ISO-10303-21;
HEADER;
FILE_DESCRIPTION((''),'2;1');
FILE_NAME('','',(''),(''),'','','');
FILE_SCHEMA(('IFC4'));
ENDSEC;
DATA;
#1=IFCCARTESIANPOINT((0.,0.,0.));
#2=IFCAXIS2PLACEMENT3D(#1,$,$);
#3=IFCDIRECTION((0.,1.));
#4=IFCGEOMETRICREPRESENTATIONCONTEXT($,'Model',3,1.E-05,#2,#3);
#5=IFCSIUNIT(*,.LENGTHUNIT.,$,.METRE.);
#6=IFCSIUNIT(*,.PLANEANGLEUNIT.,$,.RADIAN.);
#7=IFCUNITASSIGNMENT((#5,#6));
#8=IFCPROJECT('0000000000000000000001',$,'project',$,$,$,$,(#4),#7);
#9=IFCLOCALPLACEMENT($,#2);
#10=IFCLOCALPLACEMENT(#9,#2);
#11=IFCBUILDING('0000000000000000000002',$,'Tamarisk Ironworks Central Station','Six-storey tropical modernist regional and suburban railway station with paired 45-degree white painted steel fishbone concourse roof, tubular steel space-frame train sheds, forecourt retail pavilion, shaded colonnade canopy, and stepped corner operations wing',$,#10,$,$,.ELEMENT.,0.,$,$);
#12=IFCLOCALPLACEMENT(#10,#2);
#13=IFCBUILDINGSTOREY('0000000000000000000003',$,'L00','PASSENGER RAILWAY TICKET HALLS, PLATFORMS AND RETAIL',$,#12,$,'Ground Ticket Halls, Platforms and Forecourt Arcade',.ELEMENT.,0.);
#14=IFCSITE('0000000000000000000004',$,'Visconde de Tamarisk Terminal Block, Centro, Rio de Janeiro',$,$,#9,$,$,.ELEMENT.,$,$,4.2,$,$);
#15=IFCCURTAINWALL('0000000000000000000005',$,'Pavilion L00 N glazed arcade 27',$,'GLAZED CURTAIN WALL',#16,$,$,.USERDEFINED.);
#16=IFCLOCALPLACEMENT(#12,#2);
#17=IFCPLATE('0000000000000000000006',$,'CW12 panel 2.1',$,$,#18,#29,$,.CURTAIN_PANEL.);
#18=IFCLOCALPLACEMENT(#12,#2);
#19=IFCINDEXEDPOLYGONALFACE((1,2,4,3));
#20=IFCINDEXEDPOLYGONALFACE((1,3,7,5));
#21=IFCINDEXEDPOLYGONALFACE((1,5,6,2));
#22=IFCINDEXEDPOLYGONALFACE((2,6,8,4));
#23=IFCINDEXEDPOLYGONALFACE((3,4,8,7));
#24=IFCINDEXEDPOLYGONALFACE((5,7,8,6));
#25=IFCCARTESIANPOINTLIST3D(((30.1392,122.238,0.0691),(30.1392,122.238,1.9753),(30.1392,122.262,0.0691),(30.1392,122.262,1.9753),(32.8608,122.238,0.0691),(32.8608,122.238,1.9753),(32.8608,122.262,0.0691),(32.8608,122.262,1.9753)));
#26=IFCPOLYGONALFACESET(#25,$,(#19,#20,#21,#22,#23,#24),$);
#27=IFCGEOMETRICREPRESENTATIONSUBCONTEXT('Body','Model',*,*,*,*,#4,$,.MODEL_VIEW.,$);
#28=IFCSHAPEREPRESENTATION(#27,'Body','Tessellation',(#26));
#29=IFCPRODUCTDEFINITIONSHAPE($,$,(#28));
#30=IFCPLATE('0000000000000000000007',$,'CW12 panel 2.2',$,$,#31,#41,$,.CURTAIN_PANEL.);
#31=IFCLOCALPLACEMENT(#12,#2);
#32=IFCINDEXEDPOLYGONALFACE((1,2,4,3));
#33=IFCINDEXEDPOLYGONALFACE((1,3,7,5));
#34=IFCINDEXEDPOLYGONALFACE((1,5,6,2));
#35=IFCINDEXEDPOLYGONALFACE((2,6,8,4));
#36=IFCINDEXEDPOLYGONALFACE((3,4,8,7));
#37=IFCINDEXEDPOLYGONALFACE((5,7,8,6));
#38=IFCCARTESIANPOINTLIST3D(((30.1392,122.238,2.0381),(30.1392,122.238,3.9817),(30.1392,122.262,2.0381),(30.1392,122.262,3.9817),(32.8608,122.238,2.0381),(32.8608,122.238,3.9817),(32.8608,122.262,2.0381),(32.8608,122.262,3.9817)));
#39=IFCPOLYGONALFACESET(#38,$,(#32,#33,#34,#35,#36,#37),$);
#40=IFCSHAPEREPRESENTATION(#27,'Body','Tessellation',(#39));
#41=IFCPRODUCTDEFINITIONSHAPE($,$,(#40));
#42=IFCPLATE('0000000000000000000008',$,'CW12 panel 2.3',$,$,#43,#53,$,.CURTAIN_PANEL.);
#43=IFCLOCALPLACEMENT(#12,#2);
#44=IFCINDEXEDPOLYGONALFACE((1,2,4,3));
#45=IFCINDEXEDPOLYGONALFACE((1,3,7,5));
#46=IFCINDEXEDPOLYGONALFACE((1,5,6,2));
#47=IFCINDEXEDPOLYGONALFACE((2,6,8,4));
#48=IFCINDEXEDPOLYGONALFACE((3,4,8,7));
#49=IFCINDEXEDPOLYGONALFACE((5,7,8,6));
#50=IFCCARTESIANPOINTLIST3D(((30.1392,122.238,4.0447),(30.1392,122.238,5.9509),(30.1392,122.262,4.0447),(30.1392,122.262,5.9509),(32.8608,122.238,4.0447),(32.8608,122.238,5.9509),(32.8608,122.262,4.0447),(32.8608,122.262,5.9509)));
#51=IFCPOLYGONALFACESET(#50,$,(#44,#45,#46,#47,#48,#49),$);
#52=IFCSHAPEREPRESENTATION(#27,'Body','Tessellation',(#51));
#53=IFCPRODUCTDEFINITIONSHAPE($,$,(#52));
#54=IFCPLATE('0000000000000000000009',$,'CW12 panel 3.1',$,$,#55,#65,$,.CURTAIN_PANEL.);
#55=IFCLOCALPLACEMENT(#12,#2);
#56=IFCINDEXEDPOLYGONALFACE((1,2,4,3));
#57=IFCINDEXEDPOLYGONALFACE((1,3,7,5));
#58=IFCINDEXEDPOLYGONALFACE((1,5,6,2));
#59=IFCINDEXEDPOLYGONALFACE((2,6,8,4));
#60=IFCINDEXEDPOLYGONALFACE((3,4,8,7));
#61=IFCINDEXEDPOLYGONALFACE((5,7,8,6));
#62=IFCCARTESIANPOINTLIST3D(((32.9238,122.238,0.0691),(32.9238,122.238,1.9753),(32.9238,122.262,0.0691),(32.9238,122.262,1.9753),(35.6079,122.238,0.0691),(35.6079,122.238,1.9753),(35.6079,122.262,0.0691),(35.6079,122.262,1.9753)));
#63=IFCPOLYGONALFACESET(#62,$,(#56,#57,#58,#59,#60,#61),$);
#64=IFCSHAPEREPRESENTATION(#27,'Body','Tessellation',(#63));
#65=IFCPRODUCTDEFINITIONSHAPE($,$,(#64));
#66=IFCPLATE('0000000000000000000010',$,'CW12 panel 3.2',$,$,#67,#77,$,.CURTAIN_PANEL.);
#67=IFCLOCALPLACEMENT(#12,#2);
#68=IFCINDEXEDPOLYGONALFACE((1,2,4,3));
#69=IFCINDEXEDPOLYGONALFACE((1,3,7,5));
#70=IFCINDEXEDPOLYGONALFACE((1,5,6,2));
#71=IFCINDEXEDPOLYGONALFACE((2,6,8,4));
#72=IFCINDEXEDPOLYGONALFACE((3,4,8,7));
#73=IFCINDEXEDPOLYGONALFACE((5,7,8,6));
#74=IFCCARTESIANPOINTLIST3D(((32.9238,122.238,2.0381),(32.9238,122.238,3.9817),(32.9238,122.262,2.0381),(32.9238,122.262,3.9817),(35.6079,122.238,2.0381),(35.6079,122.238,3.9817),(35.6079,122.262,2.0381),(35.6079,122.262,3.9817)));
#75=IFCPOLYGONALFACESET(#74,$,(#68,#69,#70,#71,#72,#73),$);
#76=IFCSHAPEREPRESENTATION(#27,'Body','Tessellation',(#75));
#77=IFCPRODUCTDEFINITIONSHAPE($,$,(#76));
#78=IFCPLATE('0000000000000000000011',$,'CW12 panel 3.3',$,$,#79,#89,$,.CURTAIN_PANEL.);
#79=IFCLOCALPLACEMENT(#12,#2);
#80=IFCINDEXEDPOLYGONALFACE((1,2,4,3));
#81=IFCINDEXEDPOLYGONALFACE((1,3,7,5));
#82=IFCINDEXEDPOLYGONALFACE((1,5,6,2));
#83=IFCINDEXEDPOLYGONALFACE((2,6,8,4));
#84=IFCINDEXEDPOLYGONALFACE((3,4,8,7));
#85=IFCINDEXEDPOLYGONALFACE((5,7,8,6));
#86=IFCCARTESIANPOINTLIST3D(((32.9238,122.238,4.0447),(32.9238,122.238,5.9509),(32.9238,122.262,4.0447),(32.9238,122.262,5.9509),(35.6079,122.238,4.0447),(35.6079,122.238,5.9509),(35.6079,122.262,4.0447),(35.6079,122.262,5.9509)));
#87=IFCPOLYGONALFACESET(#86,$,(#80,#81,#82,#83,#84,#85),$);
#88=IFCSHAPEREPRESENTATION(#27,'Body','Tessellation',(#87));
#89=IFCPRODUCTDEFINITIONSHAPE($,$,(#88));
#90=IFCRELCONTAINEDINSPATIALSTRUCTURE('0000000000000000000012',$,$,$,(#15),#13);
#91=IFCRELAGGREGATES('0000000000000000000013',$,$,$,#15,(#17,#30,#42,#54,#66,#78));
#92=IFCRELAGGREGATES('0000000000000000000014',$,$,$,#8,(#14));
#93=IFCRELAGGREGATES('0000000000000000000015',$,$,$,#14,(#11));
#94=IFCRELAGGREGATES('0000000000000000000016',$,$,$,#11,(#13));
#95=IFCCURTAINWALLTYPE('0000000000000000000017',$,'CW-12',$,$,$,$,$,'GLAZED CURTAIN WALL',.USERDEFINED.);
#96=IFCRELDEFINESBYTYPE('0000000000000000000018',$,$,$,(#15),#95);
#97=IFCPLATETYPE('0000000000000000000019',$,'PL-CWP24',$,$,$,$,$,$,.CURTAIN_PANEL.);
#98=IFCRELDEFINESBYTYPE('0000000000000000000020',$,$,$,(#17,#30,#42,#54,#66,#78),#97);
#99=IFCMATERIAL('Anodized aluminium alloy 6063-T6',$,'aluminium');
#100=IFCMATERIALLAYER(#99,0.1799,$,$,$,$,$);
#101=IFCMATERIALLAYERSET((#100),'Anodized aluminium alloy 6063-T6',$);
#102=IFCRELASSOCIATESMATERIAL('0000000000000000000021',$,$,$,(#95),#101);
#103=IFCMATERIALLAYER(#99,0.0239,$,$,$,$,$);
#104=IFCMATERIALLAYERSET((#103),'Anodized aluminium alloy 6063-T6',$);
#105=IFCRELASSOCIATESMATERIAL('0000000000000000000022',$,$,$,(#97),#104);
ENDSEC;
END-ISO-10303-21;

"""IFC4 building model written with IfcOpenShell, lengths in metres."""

from ifc_helpers import new_model, si_unit, direction, frame, origin, origin_2d, place, context, subcontext, project, spatial, rectangle, extrude, material, layer, layer_set, type_object, element, aggregate, save


model = new_model("IFC4")

# Units and contexts
model_context = context("Model", 3, precision=1e-05, world=origin(), true_north=direction((0.0, 1.0)))
body_context = subcontext(model_context, "Body", "Model", "MODEL_VIEW")
ifc_project = project(units=[si_unit("LENGTHUNIT", "METRE"), si_unit("PLANEANGLEUNIT", "RADIAN")], contexts=[model_context])

# Site, building, storey
site_placement = place(None, origin())
site = spatial("IfcSite", under=ifc_project, at=site_placement, Name="Visconde de Tamarisk Terminal Block, Centro, Rio de Janeiro", CompositionType="ELEMENT", RefElevation=4.2)
building_placement = place(site_placement, origin())
building = spatial("IfcBuilding", under=site, at=building_placement, Name="Tamarisk Ironworks Central Station", Description="Six-storey tropical modernist regional and suburban railway station with paired 45-degree white painted steel fishbone concourse roof, tubular steel space-frame train sheds, forecourt retail pavilion, shaded colonnade canopy, and stepped corner operations wing", CompositionType="ELEMENT", ElevationOfRefHeight=0.0)
storey_placement = place(building_placement, origin())
storey = spatial("IfcBuildingStorey", under=building, at=storey_placement, Name="L00", Description="PASSENGER RAILWAY TICKET HALLS, PLATFORMS AND RETAIL", LongName="Ground Ticket Halls, Platforms and Forecourt Arcade", CompositionType="ELEMENT", Elevation=0.0)

# Curtain wall
ifc_material_1 = material(Name="Anodized aluminium alloy 6063-T6", Category="aluminium")
ifc_layer_1 = layer(ifc_material_1, 0.1799)
ifc_layer_set_1 = layer_set([ifc_layer_1], Name="Anodized aluminium alloy 6063-T6")
curtain_wall_type = type_object("IfcCurtainWallType", Name="CW-12", ElementType="GLAZED CURTAIN WALL", PredefinedType="USERDEFINED", material=ifc_layer_set_1)
curtain_wall_1_placement = place(storey_placement, origin())
curtain_wall_1 = element("IfcCurtainWall", 1, at=curtain_wall_1_placement, inside=storey, type_object=curtain_wall_type, Name="Pavilion L00 N glazed arcade 27", ObjectType="GLAZED CURTAIN WALL", PredefinedType="USERDEFINED")

# Plates
ifc_layer_2 = layer(ifc_material_1, 0.0239)
ifc_layer_set_2 = layer_set([ifc_layer_2], Name="Anodized aluminium alloy 6063-T6")
plate_type = type_object("IfcPlateType", Name="PL-CWP24", PredefinedType="CURTAIN_PANEL", material=ifc_layer_set_2)
plate_1_placement = place(storey_placement, frame((31.5, 122.25, 0.0691), z_axis=(0.0, 0.0, 1.0), x_axis=(1.0, 0.0, 0.0)))
plate_1 = element("IfcPlate", 2, at=plate_1_placement, type_object=plate_type, Name="CW12 panel 2.1", PredefinedType="CURTAIN_PANEL", context=body_context, shape_type="SweptSolid", body=[
    extrude(rectangle(XDim=2.7217, YDim=0.0239, at=origin_2d()), origin(), (0.0, 0.0, 1.0), 1.9062),
])
plate_2_placement = place(storey_placement, frame((31.5, 122.25, 2.0381), z_axis=(0.0, 0.0, 1.0), x_axis=(1.0, 0.0, 0.0)))
plate_2 = element("IfcPlate", 3, at=plate_2_placement, type_object=plate_type, Name="CW12 panel 2.2", PredefinedType="CURTAIN_PANEL", context=body_context, shape_type="SweptSolid", body=[
    extrude(rectangle(XDim=2.7217, YDim=0.0239, at=origin_2d()), origin(), (0.0, 0.0, 1.0), 1.9436),
])
plate_3_placement = place(storey_placement, frame((31.5, 122.25, 4.0447), z_axis=(0.0, 0.0, 1.0), x_axis=(1.0, 0.0, 0.0)))
plate_3 = element("IfcPlate", 4, at=plate_3_placement, type_object=plate_type, Name="CW12 panel 2.3", PredefinedType="CURTAIN_PANEL", context=body_context, shape_type="SweptSolid", body=[
    extrude(rectangle(XDim=2.7217, YDim=0.0239, at=origin_2d()), origin(), (0.0, 0.0, 1.0), 1.9062),
])
plate_4_placement = place(storey_placement, frame((34.2659, 122.25, 0.0691), z_axis=(0.0, 0.0, 1.0), x_axis=(1.0, 0.0, 0.0)))
plate_4 = element("IfcPlate", 5, at=plate_4_placement, type_object=plate_type, Name="CW12 panel 3.1", PredefinedType="CURTAIN_PANEL", context=body_context, shape_type="SweptSolid", body=[
    extrude(rectangle(XDim=2.6841, YDim=0.0239, at=origin_2d()), origin(), (0.0, 0.0, 1.0), 1.9062),
])
plate_5_placement = place(storey_placement, frame((34.2659, 122.25, 2.0381), z_axis=(0.0, 0.0, 1.0), x_axis=(1.0, 0.0, 0.0)))
plate_5 = element("IfcPlate", 6, at=plate_5_placement, type_object=plate_type, Name="CW12 panel 3.2", PredefinedType="CURTAIN_PANEL", context=body_context, shape_type="SweptSolid", body=[
    extrude(rectangle(XDim=2.6841, YDim=0.0239, at=origin_2d()), origin(), (0.0, 0.0, 1.0), 1.9436),
])
plate_6_placement = place(storey_placement, frame((34.2659, 122.25, 4.0447), z_axis=(0.0, 0.0, 1.0), x_axis=(1.0, 0.0, 0.0)))
plate_6 = element("IfcPlate", 7, at=plate_6_placement, type_object=plate_type, Name="CW12 panel 3.3", PredefinedType="CURTAIN_PANEL", context=body_context, shape_type="SweptSolid", body=[
    extrude(rectangle(XDim=2.6841, YDim=0.0239, at=origin_2d()), origin(), (0.0, 0.0, 1.0), 1.9062),
])
aggregate(curtain_wall_1, [plate_1, plate_2, plate_3, plate_4, plate_5, plate_6])

save(model, "model.ifc")
